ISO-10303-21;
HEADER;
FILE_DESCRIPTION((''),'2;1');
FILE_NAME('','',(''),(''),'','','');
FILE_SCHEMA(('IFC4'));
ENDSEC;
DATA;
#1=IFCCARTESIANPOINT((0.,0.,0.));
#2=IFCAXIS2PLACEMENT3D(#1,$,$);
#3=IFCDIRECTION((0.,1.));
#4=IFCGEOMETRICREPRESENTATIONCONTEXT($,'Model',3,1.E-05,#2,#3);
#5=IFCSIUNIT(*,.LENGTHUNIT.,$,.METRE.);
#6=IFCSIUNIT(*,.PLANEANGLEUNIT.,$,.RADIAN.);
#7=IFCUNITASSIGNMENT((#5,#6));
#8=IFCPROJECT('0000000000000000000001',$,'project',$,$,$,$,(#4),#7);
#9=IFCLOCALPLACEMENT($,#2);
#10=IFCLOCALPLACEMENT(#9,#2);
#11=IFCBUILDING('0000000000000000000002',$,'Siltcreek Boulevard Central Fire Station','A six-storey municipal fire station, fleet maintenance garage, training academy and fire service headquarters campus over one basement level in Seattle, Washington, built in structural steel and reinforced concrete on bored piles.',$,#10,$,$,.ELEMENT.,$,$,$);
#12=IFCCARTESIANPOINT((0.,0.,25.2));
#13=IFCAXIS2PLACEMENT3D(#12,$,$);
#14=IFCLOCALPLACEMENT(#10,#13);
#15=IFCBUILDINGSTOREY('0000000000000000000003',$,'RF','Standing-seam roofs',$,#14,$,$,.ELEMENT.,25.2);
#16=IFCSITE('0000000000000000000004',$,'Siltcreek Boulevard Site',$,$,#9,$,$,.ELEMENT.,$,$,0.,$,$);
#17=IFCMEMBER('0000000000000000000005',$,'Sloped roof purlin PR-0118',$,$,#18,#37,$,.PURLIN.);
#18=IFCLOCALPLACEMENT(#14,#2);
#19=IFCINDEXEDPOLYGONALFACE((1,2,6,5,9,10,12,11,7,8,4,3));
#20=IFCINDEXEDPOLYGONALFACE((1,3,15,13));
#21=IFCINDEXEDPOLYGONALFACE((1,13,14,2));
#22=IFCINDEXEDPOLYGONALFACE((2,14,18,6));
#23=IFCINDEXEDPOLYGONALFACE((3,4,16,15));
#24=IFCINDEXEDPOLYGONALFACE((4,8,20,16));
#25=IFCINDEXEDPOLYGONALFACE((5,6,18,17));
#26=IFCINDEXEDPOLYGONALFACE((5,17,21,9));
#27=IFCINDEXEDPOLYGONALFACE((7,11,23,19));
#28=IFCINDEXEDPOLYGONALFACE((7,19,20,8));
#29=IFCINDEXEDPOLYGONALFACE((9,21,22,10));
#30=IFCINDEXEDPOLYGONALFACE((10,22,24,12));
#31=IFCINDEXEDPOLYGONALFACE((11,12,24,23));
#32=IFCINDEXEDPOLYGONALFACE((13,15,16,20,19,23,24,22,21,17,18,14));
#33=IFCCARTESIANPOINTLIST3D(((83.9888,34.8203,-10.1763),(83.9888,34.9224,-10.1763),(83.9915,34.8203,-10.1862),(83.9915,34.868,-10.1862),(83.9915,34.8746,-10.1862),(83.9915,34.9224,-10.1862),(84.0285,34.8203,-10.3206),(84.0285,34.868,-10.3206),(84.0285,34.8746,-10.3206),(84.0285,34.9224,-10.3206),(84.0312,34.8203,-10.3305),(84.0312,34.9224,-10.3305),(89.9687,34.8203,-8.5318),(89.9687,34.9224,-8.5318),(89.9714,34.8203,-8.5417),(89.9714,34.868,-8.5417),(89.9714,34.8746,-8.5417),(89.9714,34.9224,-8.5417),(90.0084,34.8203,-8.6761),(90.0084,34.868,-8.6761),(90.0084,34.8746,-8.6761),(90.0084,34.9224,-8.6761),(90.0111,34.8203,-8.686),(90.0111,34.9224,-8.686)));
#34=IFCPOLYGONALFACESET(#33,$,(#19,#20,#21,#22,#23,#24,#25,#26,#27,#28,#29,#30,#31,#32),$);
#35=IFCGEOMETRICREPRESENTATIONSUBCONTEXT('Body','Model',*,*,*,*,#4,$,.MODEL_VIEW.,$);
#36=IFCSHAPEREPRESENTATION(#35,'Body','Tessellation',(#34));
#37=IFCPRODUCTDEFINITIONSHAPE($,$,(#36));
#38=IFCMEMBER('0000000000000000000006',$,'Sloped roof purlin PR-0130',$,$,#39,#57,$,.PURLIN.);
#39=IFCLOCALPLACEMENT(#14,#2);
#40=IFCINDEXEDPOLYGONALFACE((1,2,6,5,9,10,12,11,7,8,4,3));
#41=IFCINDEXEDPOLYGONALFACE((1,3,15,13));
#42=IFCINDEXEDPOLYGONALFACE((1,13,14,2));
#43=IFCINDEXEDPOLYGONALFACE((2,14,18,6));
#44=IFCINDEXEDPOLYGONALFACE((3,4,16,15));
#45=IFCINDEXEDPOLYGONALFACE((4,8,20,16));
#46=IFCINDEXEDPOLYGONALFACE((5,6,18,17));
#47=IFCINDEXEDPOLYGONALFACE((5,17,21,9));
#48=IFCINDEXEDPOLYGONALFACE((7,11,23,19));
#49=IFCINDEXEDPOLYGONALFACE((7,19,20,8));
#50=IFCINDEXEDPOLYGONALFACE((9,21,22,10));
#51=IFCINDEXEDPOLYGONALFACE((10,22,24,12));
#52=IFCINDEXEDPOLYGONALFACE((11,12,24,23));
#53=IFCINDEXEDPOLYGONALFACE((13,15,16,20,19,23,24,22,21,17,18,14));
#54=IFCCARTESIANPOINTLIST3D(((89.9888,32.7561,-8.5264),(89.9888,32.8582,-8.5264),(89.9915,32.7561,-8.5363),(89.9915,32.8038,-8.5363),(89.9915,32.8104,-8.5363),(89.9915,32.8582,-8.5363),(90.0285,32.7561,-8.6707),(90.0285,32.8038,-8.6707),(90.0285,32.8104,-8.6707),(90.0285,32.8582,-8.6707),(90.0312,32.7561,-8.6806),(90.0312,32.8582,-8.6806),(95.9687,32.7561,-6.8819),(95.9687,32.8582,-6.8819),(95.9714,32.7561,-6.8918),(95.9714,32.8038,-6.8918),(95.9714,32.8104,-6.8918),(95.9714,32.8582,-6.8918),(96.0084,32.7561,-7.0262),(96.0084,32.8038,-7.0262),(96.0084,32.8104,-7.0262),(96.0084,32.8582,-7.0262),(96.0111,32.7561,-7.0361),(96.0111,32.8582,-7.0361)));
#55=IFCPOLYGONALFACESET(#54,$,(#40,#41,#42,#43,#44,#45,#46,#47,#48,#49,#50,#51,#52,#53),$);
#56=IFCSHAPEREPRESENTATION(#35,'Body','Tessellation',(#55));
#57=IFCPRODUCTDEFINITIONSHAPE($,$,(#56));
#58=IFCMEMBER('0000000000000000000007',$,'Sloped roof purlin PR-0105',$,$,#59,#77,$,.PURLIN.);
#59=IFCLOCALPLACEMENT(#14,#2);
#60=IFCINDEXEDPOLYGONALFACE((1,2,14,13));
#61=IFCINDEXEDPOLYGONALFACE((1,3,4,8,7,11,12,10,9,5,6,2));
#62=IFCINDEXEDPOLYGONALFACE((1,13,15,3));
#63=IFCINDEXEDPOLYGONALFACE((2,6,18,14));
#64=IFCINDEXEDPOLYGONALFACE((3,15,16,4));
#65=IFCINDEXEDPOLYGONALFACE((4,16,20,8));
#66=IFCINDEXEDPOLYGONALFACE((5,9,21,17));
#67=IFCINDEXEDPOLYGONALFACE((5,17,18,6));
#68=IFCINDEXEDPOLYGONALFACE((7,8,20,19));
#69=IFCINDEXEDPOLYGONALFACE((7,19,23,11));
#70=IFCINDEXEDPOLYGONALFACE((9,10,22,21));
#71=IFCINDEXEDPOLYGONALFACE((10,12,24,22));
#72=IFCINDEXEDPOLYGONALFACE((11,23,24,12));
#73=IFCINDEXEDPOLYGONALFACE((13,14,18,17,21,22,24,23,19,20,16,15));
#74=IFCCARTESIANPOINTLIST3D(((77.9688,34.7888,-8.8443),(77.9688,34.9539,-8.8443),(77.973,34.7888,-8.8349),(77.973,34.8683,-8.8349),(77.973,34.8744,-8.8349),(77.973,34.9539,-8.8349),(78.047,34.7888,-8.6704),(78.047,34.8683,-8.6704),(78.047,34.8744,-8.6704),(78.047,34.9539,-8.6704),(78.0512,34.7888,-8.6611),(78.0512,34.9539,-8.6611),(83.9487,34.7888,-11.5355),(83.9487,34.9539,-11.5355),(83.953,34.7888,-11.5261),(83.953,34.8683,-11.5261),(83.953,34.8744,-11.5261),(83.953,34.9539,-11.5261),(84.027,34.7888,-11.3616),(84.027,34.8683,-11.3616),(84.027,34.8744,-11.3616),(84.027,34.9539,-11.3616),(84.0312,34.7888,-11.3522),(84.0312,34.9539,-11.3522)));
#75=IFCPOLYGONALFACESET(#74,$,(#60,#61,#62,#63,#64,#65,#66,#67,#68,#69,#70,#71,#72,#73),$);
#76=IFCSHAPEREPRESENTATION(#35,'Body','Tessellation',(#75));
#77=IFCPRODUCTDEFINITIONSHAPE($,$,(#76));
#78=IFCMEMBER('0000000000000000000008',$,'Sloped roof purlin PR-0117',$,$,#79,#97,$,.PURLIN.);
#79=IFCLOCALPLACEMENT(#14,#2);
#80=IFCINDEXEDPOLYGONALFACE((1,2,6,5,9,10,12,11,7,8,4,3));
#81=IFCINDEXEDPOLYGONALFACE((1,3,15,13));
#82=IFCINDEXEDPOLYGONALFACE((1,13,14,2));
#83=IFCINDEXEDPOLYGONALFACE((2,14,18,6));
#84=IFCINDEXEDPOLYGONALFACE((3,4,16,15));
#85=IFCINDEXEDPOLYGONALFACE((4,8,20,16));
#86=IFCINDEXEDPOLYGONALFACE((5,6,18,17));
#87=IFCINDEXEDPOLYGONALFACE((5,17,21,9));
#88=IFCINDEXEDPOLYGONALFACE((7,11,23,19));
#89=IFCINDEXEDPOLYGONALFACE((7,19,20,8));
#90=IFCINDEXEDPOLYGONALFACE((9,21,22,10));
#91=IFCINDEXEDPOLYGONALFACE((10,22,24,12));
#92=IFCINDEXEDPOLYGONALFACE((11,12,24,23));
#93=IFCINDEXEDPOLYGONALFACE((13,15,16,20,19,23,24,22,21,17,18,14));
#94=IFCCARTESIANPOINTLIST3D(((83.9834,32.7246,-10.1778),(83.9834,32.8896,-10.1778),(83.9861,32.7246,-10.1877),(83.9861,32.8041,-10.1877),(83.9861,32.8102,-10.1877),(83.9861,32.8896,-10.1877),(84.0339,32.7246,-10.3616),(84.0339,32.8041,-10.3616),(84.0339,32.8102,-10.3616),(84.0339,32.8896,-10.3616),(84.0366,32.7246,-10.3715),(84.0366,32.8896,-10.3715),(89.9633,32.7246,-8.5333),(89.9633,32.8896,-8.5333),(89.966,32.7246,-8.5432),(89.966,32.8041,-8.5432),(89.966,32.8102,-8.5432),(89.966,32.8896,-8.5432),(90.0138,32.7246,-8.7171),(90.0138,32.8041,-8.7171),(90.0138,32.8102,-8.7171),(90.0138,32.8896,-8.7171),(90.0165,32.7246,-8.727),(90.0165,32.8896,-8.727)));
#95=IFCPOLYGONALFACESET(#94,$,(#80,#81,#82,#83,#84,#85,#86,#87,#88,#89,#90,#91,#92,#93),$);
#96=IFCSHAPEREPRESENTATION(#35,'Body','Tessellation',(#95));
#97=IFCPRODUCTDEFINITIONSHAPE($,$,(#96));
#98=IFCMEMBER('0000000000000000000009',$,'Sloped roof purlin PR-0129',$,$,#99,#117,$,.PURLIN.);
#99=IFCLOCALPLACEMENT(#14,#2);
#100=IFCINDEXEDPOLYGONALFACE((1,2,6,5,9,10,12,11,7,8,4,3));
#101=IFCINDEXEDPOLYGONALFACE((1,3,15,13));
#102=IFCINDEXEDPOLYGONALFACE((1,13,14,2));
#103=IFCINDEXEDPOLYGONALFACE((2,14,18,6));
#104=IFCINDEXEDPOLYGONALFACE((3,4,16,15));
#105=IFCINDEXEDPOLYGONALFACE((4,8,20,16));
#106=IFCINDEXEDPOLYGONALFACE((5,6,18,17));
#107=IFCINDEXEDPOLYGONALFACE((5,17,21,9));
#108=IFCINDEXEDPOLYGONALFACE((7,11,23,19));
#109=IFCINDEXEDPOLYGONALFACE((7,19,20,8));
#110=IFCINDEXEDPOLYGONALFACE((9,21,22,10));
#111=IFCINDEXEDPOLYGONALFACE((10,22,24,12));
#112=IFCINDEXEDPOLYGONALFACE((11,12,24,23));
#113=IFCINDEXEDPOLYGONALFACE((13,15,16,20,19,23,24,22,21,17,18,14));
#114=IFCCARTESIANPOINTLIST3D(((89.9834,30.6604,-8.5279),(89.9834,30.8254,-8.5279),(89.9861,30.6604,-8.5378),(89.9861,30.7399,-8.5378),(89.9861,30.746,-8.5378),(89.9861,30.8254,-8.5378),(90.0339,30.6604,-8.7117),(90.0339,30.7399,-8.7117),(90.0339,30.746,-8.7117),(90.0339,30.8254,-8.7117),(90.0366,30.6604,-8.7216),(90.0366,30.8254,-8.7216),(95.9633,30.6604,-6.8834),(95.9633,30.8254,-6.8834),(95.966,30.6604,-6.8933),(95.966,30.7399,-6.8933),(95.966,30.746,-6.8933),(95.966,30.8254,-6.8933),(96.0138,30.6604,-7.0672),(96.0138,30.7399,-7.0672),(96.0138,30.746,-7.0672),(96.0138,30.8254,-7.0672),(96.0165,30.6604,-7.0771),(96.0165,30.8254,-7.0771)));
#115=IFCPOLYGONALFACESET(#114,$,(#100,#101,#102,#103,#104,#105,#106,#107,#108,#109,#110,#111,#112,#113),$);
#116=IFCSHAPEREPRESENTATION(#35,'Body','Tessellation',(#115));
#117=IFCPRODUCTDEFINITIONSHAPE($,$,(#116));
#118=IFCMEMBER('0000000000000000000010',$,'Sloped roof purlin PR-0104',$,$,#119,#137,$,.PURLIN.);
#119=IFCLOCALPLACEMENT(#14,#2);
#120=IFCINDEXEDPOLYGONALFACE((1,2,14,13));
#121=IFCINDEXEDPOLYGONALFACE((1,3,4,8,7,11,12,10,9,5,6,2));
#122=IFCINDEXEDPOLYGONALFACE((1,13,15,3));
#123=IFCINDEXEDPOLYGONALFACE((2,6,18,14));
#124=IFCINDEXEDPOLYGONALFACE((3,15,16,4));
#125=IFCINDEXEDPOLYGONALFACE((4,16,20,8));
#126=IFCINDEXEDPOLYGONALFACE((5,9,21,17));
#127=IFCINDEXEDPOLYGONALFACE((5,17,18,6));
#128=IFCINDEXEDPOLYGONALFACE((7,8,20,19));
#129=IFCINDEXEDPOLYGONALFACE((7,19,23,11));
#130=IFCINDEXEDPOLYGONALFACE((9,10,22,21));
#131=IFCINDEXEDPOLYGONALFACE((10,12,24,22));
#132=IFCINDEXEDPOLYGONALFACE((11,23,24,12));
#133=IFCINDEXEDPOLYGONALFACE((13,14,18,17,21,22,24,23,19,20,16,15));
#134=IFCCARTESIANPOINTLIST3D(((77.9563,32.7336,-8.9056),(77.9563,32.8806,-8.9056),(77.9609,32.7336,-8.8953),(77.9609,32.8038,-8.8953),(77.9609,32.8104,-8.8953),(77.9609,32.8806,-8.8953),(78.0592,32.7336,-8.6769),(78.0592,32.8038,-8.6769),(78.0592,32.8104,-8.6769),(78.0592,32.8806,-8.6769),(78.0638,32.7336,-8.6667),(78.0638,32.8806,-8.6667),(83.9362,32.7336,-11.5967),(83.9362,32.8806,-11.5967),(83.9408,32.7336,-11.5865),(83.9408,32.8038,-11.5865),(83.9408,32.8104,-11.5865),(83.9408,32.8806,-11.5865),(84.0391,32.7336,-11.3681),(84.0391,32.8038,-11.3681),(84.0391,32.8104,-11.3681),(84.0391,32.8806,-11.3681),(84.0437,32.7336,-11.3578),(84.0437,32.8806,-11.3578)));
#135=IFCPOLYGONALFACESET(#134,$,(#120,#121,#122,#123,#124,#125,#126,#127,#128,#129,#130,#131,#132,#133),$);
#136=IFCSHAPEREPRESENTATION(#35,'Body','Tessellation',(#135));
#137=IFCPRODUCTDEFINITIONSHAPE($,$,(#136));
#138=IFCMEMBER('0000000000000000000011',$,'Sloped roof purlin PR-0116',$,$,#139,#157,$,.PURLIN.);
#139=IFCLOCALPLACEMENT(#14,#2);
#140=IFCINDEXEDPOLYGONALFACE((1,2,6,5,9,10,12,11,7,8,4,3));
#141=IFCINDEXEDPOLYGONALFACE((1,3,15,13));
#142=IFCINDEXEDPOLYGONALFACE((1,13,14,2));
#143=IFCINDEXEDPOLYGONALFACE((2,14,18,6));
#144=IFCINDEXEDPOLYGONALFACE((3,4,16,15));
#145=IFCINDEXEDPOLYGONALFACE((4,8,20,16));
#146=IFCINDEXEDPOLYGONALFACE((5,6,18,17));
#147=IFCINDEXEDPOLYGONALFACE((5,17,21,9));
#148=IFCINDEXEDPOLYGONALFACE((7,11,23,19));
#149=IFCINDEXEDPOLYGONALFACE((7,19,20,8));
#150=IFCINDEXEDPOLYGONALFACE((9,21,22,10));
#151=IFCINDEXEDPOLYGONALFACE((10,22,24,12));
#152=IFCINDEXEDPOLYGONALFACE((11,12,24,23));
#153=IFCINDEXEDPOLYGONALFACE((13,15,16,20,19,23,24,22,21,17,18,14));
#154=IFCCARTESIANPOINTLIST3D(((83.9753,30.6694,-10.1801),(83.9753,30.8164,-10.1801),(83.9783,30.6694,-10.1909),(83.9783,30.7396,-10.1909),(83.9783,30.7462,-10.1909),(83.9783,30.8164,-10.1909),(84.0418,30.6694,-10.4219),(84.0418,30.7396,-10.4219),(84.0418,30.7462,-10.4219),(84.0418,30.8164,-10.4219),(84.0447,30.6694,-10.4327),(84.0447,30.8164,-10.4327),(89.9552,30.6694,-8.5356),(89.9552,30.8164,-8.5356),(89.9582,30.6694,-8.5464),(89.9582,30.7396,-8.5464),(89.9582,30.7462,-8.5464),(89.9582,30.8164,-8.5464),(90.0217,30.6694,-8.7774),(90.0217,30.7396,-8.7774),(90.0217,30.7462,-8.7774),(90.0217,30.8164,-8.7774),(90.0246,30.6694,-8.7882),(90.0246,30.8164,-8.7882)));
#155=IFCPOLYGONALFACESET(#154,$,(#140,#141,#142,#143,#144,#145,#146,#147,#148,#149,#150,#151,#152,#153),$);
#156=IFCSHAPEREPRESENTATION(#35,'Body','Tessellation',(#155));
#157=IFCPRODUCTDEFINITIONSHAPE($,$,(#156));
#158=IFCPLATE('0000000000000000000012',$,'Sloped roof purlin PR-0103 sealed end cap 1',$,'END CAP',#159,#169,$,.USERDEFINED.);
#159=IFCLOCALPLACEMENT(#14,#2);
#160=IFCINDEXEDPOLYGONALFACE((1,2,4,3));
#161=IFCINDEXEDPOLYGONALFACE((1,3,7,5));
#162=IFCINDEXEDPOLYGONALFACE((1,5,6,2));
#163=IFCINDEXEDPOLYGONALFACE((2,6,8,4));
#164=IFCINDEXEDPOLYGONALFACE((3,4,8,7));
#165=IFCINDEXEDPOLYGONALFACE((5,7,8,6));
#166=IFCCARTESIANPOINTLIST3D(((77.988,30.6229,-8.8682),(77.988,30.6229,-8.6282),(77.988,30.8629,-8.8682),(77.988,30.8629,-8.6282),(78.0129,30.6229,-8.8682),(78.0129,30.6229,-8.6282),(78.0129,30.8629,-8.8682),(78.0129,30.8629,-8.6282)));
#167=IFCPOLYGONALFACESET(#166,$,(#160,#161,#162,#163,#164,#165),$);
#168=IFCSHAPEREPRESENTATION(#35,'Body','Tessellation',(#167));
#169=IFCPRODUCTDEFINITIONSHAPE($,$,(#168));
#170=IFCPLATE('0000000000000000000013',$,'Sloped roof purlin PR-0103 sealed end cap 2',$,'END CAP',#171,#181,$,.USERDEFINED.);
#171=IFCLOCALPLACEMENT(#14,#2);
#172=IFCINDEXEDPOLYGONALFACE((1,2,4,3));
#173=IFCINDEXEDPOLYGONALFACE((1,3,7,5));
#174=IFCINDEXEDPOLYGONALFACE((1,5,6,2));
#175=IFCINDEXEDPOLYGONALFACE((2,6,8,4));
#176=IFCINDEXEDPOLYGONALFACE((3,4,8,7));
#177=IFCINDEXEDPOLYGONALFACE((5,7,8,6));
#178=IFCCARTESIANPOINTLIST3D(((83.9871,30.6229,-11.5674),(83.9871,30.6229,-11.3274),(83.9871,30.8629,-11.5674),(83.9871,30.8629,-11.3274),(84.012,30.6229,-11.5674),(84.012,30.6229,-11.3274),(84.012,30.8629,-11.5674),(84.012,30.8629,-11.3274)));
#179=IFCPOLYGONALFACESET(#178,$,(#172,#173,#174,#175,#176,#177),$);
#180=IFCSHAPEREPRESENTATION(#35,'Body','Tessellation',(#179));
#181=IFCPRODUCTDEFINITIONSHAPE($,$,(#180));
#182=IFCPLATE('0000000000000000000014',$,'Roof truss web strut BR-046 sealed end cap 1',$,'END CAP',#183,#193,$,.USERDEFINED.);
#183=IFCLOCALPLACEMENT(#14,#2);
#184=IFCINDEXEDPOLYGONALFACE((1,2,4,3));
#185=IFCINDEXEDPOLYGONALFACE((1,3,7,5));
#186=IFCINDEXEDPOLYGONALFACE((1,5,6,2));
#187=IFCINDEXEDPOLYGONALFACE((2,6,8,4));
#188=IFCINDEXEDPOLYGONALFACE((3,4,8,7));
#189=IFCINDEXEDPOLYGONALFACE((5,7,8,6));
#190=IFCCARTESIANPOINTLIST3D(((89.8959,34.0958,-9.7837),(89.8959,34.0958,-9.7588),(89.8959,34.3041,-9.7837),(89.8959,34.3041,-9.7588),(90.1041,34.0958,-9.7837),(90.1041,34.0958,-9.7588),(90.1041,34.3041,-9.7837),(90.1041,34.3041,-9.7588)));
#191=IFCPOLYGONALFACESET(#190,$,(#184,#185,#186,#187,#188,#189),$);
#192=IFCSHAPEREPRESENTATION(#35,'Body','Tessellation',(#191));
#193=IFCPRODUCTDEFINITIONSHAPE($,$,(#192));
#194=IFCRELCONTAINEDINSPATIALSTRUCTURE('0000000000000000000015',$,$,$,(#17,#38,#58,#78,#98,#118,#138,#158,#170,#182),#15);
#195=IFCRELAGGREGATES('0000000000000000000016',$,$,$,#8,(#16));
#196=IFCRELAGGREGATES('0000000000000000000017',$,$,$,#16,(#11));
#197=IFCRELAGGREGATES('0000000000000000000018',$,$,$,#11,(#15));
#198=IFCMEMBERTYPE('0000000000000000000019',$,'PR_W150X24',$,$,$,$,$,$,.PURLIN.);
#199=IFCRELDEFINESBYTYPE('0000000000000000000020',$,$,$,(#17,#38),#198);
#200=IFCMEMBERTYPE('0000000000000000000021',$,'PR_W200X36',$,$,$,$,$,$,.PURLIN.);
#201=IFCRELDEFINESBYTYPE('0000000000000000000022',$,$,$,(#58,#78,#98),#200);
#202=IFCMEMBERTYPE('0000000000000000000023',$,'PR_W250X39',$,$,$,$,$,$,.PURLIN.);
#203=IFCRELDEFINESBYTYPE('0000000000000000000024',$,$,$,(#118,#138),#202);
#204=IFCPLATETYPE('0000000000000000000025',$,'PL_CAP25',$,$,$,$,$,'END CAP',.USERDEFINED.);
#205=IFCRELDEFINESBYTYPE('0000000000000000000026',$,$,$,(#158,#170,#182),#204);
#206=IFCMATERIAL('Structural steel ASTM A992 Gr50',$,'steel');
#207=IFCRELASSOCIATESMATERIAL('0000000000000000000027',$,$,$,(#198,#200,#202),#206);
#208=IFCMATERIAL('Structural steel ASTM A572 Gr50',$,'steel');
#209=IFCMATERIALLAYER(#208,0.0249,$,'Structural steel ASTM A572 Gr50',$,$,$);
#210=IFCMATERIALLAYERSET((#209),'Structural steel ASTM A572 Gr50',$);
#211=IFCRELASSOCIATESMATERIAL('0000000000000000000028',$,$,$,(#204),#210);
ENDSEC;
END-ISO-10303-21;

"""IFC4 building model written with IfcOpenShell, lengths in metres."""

from ifc_helpers import new_model, si_unit, direction, frame, origin, origin_2d, place, context, subcontext, project, spatial, rectangle, i_section, extrude, material, layer, layer_set, material_profile, profile_set, type_object, element, save


model = new_model("IFC4")

# Units and contexts
model_context = context("Model", 3, precision=1e-05, world=origin(), true_north=direction((0.0, 1.0)))
body_context = subcontext(model_context, "Body", "Model", "MODEL_VIEW")
ifc_project = project(units=[si_unit("LENGTHUNIT", "METRE"), si_unit("PLANEANGLEUNIT", "RADIAN")], contexts=[model_context])

# Site, building, storey
site_placement = place(None, origin())
site = spatial("IfcSite", under=ifc_project, at=site_placement, Name="Siltcreek Boulevard Site", CompositionType="ELEMENT", RefElevation=0.0)
building_placement = place(site_placement, origin())
building = spatial("IfcBuilding", under=site, at=building_placement, Name="Siltcreek Boulevard Central Fire Station", Description="A six-storey municipal fire station, fleet maintenance garage, training academy and fire service headquarters campus over one basement level in Seattle, Washington, built in structural steel and reinforced concrete on bored piles.", CompositionType="ELEMENT")
storey_placement = place(building_placement, frame((0.0, 0.0, 25.2)))
storey = spatial("IfcBuildingStorey", under=building, at=storey_placement, Name="RF", Description="Standing-seam roofs", CompositionType="ELEMENT", Elevation=25.2)

# Members
ifc_material_1 = material(Name="Structural steel ASTM A992 Gr50", Category="steel")
ifc_material_profile_1 = material_profile(ifc_material_1, i_section(OverallWidth=0.1021, OverallDepth=0.1599, WebThickness=0.0066, FlangeThickness=0.0103, at=origin_2d()), Name="W150X24")
ifc_profile_set_1 = profile_set([ifc_material_profile_1], Name="Structural steel ASTM A992 Gr50")
member_type_1 = type_object("IfcMemberType", Name="PR_W150X24", PredefinedType="PURLIN", material=ifc_profile_set_1)
for number, where, z_axis, x_axis, name in (
    (1, (84.01, 34.8713, -10.2534), (0.964204, 0.0, 0.265162), (0.0, 1.0, 0.0), "Sloped roof purlin PR-0118"),
    (2, (90.01, 32.8071, -8.6035), (0.964204, 0.0, 0.265162), (0.0, 1.0, 0.0), "Sloped roof purlin PR-0130"),
):
    element("IfcMember", number, at=place(storey_placement, frame(where, z_axis=z_axis, x_axis=x_axis)), inside=storey, type_object=member_type_1, Name=name, PredefinedType="PURLIN", context=body_context, shape_type="SweptSolid", body=[
        extrude(i_section(OverallWidth=0.1021, OverallDepth=0.1599, WebThickness=0.0066, FlangeThickness=0.0103, at=origin_2d()), origin(), (0.0, 0.0, 1.0), 6.2019),
    ])
ifc_material_profile_2 = material_profile(ifc_material_1, i_section(OverallWidth=0.165, OverallDepth=0.2009, WebThickness=0.0061, FlangeThickness=0.0103, at=origin_2d()), Name="W200X36")
ifc_profile_set_2 = profile_set([ifc_material_profile_2], Name="Structural steel ASTM A992 Gr50")
member_type_2 = type_object("IfcMemberType", Name="PR_W200X36", PredefinedType="PURLIN", material=ifc_profile_set_2)
member_1_placement = place(storey_placement, frame((78.01, 34.8713, -8.7527), z_axis=(0.911912, 0.0, -0.410386), x_axis=(0.0, 1.0, 0.0)))
element("IfcMember", 3, at=member_1_placement, inside=storey, type_object=member_type_2, Name="Sloped roof purlin PR-0105", PredefinedType="PURLIN", context=body_context, shape_type="SweptSolid", body=[
    extrude(i_section(OverallWidth=0.165, OverallDepth=0.2009, WebThickness=0.0061, FlangeThickness=0.0103, at=origin_2d()), origin(), (0.0, 0.0, 1.0), 6.5576),
])
for number, where, z_axis, x_axis, name in (
    (4, (84.01, 32.8071, -10.2747), (0.964204, 0.0, 0.265162), (0.0, 1.0, 0.0), "Sloped roof purlin PR-0117"),
    (5, (90.01, 30.7429, -8.6248), (0.964204, 0.0, 0.265162), (0.0, 1.0, 0.0), "Sloped roof purlin PR-0129"),
):
    element("IfcMember", number, at=place(storey_placement, frame(where, z_axis=z_axis, x_axis=x_axis)), inside=storey, type_object=member_type_2, Name=name, PredefinedType="PURLIN", context=body_context, shape_type="SweptSolid", body=[
        extrude(i_section(OverallWidth=0.165, OverallDepth=0.2009, WebThickness=0.0061, FlangeThickness=0.0103, at=origin_2d()), origin(), (0.0, 0.0, 1.0), 6.2019),
    ])
ifc_material_profile_3 = material_profile(ifc_material_1, i_section(OverallWidth=0.147, OverallDepth=0.262, WebThickness=0.0066, FlangeThickness=0.0112, at=origin_2d()), Name="W250X39")
ifc_profile_set_3 = profile_set([ifc_material_profile_3], Name="Structural steel ASTM A992 Gr50")
member_type_3 = type_object("IfcMemberType", Name="PR_W250X39", PredefinedType="PURLIN", material=ifc_profile_set_3)
member_2_placement = place(storey_placement, frame((78.01, 32.8071, -8.7861), z_axis=(0.911912, 0.0, -0.410386), x_axis=(0.0, 1.0, 0.0)))
element("IfcMember", 6, at=member_2_placement, inside=storey, type_object=member_type_3, Name="Sloped roof purlin PR-0104", PredefinedType="PURLIN", context=body_context, shape_type="SweptSolid", body=[
    extrude(i_section(OverallWidth=0.147, OverallDepth=0.262, WebThickness=0.0066, FlangeThickness=0.0112, at=origin_2d()), origin(), (0.0, 0.0, 1.0), 6.5576),
])
member_3_placement = place(storey_placement, frame((84.01, 30.7429, -10.3064), z_axis=(0.964204, 0.0, 0.265162), x_axis=(0.0, 1.0, 0.0)))
element("IfcMember", 7, at=member_3_placement, inside=storey, type_object=member_type_3, Name="Sloped roof purlin PR-0116", PredefinedType="PURLIN", context=body_context, shape_type="SweptSolid", body=[
    extrude(i_section(OverallWidth=0.147, OverallDepth=0.262, WebThickness=0.0066, FlangeThickness=0.0112, at=origin_2d()), origin(), (0.0, 0.0, 1.0), 6.2019),
])

# Plates
ifc_material_2 = material(Name="Structural steel ASTM A572 Gr50", Category="steel")
ifc_layer_1 = layer(ifc_material_2, 0.0249, Name="Structural steel ASTM A572 Gr50")
ifc_layer_set_1 = layer_set([ifc_layer_1], Name="Structural steel ASTM A572 Gr50")
plate_type = type_object("IfcPlateType", Name="PL_CAP25", ElementType="END CAP", PredefinedType="USERDEFINED", material=ifc_layer_set_1)
for number, where, z_axis, x_axis, name in (
    (8, (78.0005, 30.7429, -8.8682), (0.0, 0.0, 1.0), (1.0, 0.0, 0.0), "Sloped roof purlin PR-0103 sealed end cap 1"),
    (9, (83.9995, 30.7429, -11.5674), (0.0, 0.0, 1.0), (1.0, 0.0, 0.0), "Sloped roof purlin PR-0103 sealed end cap 2"),
):
    element("IfcPlate", number, at=place(storey_placement, frame(where, z_axis=z_axis, x_axis=x_axis)), inside=storey, type_object=plate_type, Name=name, ObjectType="END CAP", PredefinedType="USERDEFINED", context=body_context, shape_type="SweptSolid", body=[
        extrude(rectangle(XDim=0.0249, YDim=0.24, at=origin_2d()), origin(), (0.0, 0.0, 1.0), 0.24),
    ])
for number, where, z_axis, x_axis, name in (
    (10, (90.0, 34.2, -9.7837), (0.0, 0.0, 1.0), (1.0, 0.0, 0.0), "Roof truss web strut BR-046 sealed end cap 1"),
):
    element("IfcPlate", number, at=place(storey_placement, frame(where, z_axis=z_axis, x_axis=x_axis)), inside=storey, type_object=plate_type, Name=name, ObjectType="END CAP", PredefinedType="USERDEFINED", context=body_context, shape_type="SweptSolid", body=[
        extrude(rectangle(XDim=0.2083, YDim=0.2083, at=origin_2d()), origin(), (0.0, 0.0, 1.0), 0.0249),
    ])

save(model, "model.ifc")
